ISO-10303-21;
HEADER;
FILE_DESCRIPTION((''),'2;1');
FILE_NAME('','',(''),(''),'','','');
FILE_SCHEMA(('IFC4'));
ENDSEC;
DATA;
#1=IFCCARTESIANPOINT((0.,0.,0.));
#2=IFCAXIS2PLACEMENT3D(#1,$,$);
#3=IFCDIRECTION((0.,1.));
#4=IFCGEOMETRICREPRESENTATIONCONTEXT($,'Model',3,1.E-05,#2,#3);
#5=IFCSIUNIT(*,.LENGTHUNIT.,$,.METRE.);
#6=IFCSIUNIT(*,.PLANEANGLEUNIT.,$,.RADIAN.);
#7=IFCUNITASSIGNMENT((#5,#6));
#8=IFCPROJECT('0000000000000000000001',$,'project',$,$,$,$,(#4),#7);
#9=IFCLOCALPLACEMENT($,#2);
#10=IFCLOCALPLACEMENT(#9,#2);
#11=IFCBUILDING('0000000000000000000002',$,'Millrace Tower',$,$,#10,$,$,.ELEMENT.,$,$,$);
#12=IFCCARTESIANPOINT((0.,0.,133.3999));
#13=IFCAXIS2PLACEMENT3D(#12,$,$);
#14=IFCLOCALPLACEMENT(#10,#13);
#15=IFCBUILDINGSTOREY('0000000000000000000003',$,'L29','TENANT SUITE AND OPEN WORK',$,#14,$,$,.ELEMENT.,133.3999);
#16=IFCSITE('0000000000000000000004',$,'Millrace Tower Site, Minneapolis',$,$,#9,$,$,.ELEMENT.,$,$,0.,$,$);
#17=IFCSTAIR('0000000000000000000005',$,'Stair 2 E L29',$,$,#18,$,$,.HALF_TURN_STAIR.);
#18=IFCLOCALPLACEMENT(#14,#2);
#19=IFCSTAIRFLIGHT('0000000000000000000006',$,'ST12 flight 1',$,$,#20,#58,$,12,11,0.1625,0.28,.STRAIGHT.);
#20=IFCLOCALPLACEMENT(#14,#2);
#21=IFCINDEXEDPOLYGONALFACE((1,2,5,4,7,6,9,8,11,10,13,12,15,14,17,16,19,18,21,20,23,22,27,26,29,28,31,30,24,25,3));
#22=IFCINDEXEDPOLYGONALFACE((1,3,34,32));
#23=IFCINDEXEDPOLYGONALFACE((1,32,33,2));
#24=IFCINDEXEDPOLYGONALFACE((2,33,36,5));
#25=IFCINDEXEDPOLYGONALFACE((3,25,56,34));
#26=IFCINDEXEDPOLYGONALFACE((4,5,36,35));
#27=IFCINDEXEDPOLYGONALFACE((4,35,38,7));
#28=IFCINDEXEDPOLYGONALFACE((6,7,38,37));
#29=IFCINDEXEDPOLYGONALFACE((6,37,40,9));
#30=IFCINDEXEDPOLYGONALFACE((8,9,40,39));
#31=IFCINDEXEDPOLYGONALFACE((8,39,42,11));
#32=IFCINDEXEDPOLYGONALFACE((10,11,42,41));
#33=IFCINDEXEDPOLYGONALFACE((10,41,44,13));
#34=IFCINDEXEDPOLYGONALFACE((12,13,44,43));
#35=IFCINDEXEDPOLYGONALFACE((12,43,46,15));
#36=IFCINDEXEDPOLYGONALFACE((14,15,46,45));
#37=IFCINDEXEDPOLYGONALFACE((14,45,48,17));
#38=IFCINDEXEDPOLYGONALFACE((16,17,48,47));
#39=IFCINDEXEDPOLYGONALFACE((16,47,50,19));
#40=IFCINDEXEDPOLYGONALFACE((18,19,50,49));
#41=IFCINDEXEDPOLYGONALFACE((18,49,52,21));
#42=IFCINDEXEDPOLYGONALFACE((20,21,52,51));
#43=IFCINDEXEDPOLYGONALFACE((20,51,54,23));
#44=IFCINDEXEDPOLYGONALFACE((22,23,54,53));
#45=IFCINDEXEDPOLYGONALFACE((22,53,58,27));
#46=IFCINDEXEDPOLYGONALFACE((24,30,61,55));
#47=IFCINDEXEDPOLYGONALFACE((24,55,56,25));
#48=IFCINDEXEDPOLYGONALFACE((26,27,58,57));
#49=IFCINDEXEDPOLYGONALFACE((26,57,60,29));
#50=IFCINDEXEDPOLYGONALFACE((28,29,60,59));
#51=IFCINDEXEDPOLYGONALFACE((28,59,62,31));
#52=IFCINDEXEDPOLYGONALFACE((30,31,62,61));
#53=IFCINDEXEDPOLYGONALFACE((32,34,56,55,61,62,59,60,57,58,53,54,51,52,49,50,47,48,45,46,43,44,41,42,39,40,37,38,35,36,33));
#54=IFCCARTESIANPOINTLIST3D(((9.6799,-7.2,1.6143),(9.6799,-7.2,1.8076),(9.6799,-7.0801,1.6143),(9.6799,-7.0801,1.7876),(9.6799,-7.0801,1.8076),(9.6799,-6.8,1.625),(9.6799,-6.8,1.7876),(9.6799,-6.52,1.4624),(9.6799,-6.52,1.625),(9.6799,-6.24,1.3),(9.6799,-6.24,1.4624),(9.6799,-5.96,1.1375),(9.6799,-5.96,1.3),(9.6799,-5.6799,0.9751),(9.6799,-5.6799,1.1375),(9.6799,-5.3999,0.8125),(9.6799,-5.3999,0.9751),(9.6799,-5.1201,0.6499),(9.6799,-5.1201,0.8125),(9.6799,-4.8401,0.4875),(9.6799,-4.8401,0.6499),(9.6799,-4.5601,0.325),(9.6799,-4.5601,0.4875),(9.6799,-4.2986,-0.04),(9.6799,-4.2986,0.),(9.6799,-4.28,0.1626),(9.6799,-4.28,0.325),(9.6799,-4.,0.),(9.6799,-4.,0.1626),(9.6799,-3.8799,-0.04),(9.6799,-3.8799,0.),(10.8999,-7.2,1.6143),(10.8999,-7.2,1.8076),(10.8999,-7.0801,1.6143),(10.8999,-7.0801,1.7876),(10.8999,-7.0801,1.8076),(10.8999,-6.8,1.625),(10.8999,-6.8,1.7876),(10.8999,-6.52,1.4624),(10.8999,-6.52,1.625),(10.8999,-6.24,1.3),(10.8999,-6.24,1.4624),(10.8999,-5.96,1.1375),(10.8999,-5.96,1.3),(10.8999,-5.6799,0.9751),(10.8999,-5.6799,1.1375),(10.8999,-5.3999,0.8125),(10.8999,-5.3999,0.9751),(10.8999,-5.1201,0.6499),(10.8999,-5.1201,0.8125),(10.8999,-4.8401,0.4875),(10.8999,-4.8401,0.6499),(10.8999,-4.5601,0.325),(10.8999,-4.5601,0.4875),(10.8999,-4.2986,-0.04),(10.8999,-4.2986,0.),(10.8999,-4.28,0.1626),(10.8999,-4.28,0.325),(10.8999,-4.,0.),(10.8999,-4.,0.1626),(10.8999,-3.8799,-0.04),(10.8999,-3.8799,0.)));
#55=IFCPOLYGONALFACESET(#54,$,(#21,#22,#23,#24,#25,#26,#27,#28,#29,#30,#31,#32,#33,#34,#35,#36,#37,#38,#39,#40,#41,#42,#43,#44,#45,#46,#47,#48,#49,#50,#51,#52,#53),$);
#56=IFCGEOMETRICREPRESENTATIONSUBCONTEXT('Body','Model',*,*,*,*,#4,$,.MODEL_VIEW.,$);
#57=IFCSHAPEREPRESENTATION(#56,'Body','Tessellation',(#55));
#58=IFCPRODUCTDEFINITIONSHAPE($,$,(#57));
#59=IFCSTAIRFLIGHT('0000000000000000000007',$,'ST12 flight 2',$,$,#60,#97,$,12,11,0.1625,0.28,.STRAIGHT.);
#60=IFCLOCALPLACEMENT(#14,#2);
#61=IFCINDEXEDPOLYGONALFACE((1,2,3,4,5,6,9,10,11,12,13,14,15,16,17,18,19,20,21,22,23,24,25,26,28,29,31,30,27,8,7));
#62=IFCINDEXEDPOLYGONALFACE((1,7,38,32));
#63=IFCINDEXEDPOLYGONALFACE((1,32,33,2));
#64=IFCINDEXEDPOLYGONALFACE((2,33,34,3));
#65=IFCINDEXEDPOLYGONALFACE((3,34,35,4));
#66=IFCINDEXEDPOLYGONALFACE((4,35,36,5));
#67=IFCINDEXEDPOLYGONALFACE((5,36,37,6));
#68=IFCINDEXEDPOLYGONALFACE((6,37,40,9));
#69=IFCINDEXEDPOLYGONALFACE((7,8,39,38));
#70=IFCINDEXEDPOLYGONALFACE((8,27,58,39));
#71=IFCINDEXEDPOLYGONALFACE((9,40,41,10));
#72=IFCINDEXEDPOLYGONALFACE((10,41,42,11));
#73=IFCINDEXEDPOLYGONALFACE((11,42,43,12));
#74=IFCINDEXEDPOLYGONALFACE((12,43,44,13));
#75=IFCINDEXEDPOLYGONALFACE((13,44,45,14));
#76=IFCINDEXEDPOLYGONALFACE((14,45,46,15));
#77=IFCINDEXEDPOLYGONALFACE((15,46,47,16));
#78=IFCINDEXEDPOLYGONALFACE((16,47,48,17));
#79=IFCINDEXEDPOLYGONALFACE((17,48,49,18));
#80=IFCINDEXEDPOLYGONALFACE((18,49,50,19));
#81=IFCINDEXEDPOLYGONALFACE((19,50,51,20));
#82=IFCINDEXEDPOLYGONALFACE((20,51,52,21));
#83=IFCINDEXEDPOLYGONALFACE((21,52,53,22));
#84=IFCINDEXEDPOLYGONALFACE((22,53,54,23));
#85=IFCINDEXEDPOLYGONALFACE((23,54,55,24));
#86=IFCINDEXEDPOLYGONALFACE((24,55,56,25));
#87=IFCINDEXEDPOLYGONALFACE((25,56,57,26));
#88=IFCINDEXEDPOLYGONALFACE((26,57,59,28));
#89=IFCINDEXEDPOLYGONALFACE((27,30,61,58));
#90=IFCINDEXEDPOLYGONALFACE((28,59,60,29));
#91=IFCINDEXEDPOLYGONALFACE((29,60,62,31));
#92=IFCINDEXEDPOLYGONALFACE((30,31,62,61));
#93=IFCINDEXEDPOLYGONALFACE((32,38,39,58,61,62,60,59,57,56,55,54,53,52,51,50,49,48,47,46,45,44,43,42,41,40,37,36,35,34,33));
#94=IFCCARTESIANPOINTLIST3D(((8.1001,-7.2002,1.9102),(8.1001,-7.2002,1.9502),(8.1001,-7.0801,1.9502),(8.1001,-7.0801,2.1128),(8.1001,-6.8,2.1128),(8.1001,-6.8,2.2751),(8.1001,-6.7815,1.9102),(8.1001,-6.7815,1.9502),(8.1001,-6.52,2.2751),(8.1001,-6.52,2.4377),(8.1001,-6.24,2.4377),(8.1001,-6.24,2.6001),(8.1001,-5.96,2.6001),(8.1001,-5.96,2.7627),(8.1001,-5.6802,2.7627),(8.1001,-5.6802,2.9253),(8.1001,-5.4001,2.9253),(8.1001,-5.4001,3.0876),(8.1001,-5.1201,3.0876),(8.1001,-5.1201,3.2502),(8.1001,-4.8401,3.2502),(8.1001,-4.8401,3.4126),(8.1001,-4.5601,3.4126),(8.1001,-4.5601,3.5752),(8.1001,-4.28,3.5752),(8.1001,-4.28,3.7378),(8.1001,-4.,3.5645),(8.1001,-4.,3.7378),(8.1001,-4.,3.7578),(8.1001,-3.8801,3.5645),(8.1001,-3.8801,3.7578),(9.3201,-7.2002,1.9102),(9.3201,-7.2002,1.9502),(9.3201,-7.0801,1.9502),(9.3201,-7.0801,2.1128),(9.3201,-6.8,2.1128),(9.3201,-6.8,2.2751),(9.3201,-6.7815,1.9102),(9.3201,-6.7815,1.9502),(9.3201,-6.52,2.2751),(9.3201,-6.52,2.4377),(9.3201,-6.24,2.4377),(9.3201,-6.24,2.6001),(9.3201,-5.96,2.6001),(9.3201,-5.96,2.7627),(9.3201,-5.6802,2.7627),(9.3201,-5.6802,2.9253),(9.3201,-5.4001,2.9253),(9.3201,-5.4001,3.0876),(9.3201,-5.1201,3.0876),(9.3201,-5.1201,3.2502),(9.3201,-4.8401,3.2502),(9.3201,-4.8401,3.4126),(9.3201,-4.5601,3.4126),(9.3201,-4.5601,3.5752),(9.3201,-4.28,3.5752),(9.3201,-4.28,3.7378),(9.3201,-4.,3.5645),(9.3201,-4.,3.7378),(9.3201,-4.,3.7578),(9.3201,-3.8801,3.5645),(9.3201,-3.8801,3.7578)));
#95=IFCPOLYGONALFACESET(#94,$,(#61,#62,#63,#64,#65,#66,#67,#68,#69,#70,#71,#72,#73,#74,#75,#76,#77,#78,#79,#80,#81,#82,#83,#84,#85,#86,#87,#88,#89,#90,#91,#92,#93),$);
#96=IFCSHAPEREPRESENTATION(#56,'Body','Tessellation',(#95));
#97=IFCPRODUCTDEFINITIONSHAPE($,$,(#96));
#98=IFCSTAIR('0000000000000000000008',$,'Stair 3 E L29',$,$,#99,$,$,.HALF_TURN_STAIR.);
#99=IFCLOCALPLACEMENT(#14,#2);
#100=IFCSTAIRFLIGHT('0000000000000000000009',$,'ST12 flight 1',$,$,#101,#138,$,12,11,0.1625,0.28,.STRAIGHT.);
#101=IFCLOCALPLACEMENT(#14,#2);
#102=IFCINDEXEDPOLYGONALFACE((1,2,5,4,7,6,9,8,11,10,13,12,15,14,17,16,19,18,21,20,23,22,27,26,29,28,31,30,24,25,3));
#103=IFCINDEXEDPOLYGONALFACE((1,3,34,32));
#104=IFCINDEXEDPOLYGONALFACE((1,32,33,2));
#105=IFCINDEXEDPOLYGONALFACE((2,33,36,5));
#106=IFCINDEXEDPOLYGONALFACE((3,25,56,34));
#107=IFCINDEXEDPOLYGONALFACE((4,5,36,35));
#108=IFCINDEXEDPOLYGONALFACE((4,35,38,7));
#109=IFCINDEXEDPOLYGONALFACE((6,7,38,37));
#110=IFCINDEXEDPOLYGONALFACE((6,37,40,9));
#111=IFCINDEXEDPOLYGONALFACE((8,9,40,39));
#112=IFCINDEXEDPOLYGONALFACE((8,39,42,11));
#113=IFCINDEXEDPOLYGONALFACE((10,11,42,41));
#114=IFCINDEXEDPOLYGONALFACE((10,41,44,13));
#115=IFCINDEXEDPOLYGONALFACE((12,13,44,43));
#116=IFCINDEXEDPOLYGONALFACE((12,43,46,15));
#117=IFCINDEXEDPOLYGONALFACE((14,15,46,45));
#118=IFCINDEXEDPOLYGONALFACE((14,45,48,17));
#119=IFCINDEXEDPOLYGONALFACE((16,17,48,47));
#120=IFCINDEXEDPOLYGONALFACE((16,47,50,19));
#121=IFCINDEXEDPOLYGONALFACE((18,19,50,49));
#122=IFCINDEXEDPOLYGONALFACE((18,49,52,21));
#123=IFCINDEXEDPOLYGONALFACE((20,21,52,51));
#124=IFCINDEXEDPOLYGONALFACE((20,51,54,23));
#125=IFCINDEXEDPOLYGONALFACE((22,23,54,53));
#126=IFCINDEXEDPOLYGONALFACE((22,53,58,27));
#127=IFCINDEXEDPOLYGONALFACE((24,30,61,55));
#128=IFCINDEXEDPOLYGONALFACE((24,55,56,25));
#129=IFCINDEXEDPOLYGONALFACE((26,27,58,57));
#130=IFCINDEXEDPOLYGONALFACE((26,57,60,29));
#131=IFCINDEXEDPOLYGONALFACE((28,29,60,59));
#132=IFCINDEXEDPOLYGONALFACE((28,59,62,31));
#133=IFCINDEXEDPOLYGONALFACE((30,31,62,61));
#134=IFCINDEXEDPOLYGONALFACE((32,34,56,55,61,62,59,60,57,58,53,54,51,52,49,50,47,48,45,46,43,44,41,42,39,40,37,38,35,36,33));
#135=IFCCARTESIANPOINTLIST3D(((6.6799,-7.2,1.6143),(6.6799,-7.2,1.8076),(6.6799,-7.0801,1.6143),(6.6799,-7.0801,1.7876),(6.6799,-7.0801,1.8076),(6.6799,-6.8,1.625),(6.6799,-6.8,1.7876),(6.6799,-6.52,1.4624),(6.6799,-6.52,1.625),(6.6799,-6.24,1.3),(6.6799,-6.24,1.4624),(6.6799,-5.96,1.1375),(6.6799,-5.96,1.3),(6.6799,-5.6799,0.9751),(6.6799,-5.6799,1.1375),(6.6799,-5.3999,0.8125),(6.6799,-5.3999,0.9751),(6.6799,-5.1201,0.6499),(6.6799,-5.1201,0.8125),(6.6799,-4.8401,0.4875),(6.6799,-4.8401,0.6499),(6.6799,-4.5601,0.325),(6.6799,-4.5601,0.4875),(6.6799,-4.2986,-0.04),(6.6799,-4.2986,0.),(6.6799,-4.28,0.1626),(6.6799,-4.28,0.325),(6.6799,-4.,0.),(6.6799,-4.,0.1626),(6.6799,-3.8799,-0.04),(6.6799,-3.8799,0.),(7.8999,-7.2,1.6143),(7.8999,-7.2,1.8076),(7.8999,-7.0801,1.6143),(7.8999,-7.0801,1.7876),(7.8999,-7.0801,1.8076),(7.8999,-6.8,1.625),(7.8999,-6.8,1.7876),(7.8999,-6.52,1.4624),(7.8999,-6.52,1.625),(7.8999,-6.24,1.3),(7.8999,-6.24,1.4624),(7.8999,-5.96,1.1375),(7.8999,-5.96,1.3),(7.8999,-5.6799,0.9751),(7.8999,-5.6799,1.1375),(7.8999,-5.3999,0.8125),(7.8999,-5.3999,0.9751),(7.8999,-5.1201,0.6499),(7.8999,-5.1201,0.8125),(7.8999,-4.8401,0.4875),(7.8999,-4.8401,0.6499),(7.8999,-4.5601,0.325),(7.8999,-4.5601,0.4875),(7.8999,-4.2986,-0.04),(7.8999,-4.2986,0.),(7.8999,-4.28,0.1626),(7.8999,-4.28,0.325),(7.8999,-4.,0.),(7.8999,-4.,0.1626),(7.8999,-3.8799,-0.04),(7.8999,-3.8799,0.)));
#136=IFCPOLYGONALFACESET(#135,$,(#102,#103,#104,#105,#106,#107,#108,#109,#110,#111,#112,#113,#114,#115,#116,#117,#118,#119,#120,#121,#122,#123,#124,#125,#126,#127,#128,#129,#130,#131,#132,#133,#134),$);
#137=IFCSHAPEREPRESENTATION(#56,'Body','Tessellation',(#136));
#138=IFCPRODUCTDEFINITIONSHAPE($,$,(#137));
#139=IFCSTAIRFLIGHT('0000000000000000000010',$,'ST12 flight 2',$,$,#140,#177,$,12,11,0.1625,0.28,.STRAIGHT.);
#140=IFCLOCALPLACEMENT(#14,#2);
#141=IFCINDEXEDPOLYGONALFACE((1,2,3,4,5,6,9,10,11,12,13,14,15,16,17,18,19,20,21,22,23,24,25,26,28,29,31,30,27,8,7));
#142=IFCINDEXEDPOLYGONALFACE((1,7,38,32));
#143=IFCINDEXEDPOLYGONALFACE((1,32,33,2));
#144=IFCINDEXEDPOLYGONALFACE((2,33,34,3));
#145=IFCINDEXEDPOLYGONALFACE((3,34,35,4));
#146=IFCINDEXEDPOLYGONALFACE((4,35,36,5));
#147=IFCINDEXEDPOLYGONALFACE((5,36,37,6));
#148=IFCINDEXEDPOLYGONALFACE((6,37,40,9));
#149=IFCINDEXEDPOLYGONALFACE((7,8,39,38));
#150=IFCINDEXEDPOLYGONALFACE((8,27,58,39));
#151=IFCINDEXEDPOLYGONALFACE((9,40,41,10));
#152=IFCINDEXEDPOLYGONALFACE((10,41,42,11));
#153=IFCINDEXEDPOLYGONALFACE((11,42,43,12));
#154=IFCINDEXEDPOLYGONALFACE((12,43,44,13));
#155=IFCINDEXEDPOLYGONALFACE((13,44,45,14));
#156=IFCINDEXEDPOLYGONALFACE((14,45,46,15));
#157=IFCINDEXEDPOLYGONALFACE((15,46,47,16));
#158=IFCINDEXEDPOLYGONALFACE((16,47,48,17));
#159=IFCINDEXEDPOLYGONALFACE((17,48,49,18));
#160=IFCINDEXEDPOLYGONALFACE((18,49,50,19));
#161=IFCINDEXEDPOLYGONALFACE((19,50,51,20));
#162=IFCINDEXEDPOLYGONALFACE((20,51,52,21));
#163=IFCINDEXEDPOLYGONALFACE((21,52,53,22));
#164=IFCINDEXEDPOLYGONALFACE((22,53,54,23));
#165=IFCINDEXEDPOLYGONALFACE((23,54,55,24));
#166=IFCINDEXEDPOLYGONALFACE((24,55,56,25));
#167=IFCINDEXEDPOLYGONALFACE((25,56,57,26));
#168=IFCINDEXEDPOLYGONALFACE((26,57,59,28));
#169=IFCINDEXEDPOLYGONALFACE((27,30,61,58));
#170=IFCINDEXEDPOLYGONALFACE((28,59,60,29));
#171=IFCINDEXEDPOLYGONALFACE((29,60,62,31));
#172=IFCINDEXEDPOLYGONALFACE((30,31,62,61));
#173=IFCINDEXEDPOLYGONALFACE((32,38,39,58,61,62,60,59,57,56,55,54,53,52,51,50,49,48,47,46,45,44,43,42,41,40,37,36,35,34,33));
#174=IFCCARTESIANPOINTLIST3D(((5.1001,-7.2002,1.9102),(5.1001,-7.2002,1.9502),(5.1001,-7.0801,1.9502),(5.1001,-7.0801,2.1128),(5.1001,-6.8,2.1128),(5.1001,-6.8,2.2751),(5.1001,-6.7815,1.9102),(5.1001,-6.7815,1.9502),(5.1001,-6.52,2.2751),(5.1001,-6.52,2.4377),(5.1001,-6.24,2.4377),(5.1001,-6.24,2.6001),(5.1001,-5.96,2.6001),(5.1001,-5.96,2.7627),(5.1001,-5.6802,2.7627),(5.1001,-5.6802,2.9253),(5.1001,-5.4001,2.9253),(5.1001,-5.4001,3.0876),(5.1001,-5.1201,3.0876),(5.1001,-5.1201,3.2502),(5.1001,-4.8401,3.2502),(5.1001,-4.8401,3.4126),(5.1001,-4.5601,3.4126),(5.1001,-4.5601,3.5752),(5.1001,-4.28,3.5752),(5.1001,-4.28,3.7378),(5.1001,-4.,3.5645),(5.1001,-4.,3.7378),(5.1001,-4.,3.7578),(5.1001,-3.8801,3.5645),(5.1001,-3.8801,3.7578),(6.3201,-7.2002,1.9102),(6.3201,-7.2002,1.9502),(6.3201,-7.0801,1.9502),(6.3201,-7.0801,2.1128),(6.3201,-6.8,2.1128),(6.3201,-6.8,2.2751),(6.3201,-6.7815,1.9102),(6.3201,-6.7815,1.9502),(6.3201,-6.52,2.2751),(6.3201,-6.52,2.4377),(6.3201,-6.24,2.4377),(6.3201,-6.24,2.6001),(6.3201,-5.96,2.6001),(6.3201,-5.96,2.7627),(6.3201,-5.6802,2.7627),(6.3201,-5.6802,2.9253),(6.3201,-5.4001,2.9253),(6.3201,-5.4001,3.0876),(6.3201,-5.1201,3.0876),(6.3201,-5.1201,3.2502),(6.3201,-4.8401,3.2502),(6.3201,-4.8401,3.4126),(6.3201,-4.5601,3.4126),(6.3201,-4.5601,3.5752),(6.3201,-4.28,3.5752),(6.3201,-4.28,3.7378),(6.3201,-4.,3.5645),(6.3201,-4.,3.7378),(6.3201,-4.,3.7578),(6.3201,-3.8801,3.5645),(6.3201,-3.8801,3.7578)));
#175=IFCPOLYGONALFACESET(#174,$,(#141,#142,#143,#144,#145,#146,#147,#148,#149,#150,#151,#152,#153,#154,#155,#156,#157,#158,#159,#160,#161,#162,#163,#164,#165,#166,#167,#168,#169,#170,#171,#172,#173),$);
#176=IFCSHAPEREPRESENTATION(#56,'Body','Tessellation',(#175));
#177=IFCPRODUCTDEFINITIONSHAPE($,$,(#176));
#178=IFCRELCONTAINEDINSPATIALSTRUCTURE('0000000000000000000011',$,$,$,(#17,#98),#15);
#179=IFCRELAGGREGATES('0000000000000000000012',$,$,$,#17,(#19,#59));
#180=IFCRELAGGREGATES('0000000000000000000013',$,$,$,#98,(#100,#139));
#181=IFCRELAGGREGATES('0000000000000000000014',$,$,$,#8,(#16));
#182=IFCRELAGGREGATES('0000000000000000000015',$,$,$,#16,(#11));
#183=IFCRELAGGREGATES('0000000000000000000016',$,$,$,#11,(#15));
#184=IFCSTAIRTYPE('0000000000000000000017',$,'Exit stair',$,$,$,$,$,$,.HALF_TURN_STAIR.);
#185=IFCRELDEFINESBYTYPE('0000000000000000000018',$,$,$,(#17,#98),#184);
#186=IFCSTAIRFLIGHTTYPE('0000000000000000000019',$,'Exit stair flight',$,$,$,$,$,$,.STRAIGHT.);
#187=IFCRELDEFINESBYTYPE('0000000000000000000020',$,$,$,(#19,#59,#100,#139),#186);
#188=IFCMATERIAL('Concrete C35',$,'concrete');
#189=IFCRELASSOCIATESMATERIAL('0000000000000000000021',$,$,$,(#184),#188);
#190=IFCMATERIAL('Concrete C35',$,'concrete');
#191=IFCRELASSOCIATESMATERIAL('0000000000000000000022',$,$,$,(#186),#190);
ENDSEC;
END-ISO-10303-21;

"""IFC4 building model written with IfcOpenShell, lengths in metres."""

from ifc_helpers import new_model, si_unit, direction, frame, origin, place, context, subcontext, project, spatial, polyline, outline, extrude, material, type_object, element, aggregate, save


model = new_model("IFC4")

# Units and contexts
model_context = context("Model", 3, precision=1e-05, world=origin(), true_north=direction((0.0, 1.0)))
body_context = subcontext(model_context, "Body", "Model", "MODEL_VIEW")
ifc_project = project(units=[si_unit("LENGTHUNIT", "METRE"), si_unit("PLANEANGLEUNIT", "RADIAN")], contexts=[model_context])

# Site, building, storey
site_placement = place(None, origin())
site = spatial("IfcSite", under=ifc_project, at=site_placement, Name="Millrace Tower Site, Minneapolis", CompositionType="ELEMENT", RefElevation=0.0)
building_placement = place(site_placement, origin())
building = spatial("IfcBuilding", under=site, at=building_placement, Name="Millrace Tower", CompositionType="ELEMENT")
storey_placement = place(building_placement, frame((0.0, 0.0, 133.3999)))
storey = spatial("IfcBuildingStorey", under=building, at=storey_placement, Name="L29", Description="TENANT SUITE AND OPEN WORK", CompositionType="ELEMENT", Elevation=133.3999)

# Shared definitions
placement = place(storey_placement, origin())

# Stairs, stair flights
ifc_material_1 = material(Name="Concrete C35", Category="concrete")
stair_type = type_object("IfcStairType", Name="Exit stair", PredefinedType="HALF_TURN_STAIR", material=ifc_material_1)
stair_1 = element("IfcStair", 1, at=placement, inside=storey, type_object=stair_type, Name="Stair 2 E L29", PredefinedType="HALF_TURN_STAIR")
ifc_material_2 = material(Name="Concrete C35", Category="concrete")
stair_flight_type = type_object("IfcStairFlightType", Name="Exit stair flight", PredefinedType="STRAIGHT", material=ifc_material_2)
stair_flight_1_placement = place(storey_placement, frame((10.29, -4.0, 0.0), z_axis=(0.0, 0.0, 1.0), x_axis=(0.0, -1.0, 0.0)))
stair_flight_1 = element("IfcStairFlight", 2, at=stair_flight_1_placement, type_object=stair_flight_type, Name="ST12 flight 1", NumberOfRisers=12, NumberOfTreads=11, PredefinedType="STRAIGHT", RiserHeight=0.1625, TreadLength=0.28, context=body_context, shape_type="SweptSolid", body=[
    extrude(outline(polyline([(-0.1201, -0.04), (-0.1201, 0.0), (0.0, 0.0), (0.0, 0.1626), (0.28, 0.1626), (0.28, 0.325), (0.5601, 0.325), (0.5601, 0.4875), (0.8401, 0.4875), (0.8401, 0.6499), (1.1201, 0.6499), (1.1201, 0.8125), (1.3999, 0.8125), (1.3999, 0.9751), (1.6799, 0.9751), (1.6799, 1.1375), (1.96, 1.1375), (1.96, 1.3), (2.24, 1.3), (2.24, 1.4624), (2.52, 1.4624), (2.52, 1.625), (2.8, 1.625), (2.8, 1.7876), (3.0801, 1.7876), (3.0801, 1.8076), (3.2, 1.8076), (3.2, 1.6143), (3.0801, 1.6143), (0.2986, 0.0), (0.2986, -0.04), (-0.1201, -0.04)])), frame((0.0, 0.6099, 0.0), z_axis=(0.0, -1.0, 0.0), x_axis=(1.0, 0.0, 0.0)), (0.0, 0.0, 1.0), 1.22),
])
stair_flight_2_placement = place(storey_placement, frame((8.71, -7.0801, 1.9502), z_axis=(0.0, 0.0, 1.0), x_axis=(0.0, 1.0, 0.0)))
stair_flight_2 = element("IfcStairFlight", 3, at=stair_flight_2_placement, type_object=stair_flight_type, Name="ST12 flight 2", NumberOfRisers=12, NumberOfTreads=11, PredefinedType="STRAIGHT", RiserHeight=0.1625, TreadLength=0.28, context=body_context, shape_type="SweptSolid", body=[
    extrude(outline(polyline([(-0.1201, -0.04), (-0.1201, 0.0), (0.0, 0.0), (0.0, 0.1626), (0.28, 0.1626), (0.28, 0.325), (0.5601, 0.325), (0.5601, 0.4875), (0.8401, 0.4875), (0.8401, 0.6499), (1.1201, 0.6499), (1.1201, 0.8125), (1.3999, 0.8125), (1.3999, 0.9751), (1.6799, 0.9751), (1.6799, 1.1375), (1.96, 1.1375), (1.96, 1.3), (2.24, 1.3), (2.24, 1.4624), (2.52, 1.4624), (2.52, 1.625), (2.8, 1.625), (2.8, 1.7876), (3.0801, 1.7876), (3.0801, 1.8076), (3.2, 1.8076), (3.2, 1.6143), (3.0801, 1.6143), (0.2986, 0.0), (0.2986, -0.04), (-0.1201, -0.04)])), frame((0.0, 0.6099, 0.0), z_axis=(0.0, -1.0, 0.0), x_axis=(1.0, 0.0, 0.0)), (0.0, 0.0, 1.0), 1.22),
])
aggregate(stair_1, [stair_flight_1, stair_flight_2])
stair_2 = element("IfcStair", 4, at=placement, inside=storey, type_object=stair_type, Name="Stair 3 E L29", PredefinedType="HALF_TURN_STAIR")
stair_flight_3_placement = place(storey_placement, frame((7.29, -4.0, 0.0), z_axis=(0.0, 0.0, 1.0), x_axis=(0.0, -1.0, 0.0)))
stair_flight_3 = element("IfcStairFlight", 5, at=stair_flight_3_placement, type_object=stair_flight_type, Name="ST12 flight 1", NumberOfRisers=12, NumberOfTreads=11, PredefinedType="STRAIGHT", RiserHeight=0.1625, TreadLength=0.28, context=body_context, shape_type="SweptSolid", body=[
    extrude(outline(polyline([(-0.1201, -0.04), (-0.1201, 0.0), (0.0, 0.0), (0.0, 0.1626), (0.28, 0.1626), (0.28, 0.325), (0.5601, 0.325), (0.5601, 0.4875), (0.8401, 0.4875), (0.8401, 0.6499), (1.1201, 0.6499), (1.1201, 0.8125), (1.3999, 0.8125), (1.3999, 0.9751), (1.6799, 0.9751), (1.6799, 1.1375), (1.96, 1.1375), (1.96, 1.3), (2.24, 1.3), (2.24, 1.4624), (2.52, 1.4624), (2.52, 1.625), (2.8, 1.625), (2.8, 1.7876), (3.0801, 1.7876), (3.0801, 1.8076), (3.2, 1.8076), (3.2, 1.6143), (3.0801, 1.6143), (0.2986, 0.0), (0.2986, -0.04), (-0.1201, -0.04)])), frame((0.0, 0.6099, 0.0), z_axis=(0.0, -1.0, 0.0), x_axis=(1.0, 0.0, 0.0)), (0.0, 0.0, 1.0), 1.22),
])
stair_flight_4_placement = place(storey_placement, frame((5.71, -7.0801, 1.9502), z_axis=(0.0, 0.0, 1.0), x_axis=(0.0, 1.0, 0.0)))
stair_flight_4 = element("IfcStairFlight", 6, at=stair_flight_4_placement, type_object=stair_flight_type, Name="ST12 flight 2", NumberOfRisers=12, NumberOfTreads=11, PredefinedType="STRAIGHT", RiserHeight=0.1625, TreadLength=0.28, context=body_context, shape_type="SweptSolid", body=[
    extrude(outline(polyline([(-0.1201, -0.04), (-0.1201, 0.0), (0.0, 0.0), (0.0, 0.1626), (0.28, 0.1626), (0.28, 0.325), (0.5601, 0.325), (0.5601, 0.4875), (0.8401, 0.4875), (0.8401, 0.6499), (1.1201, 0.6499), (1.1201, 0.8125), (1.3999, 0.8125), (1.3999, 0.9751), (1.6799, 0.9751), (1.6799, 1.1375), (1.96, 1.1375), (1.96, 1.3), (2.24, 1.3), (2.24, 1.4624), (2.52, 1.4624), (2.52, 1.625), (2.8, 1.625), (2.8, 1.7876), (3.0801, 1.7876), (3.0801, 1.8076), (3.2, 1.8076), (3.2, 1.6143), (3.0801, 1.6143), (0.2986, 0.0), (0.2986, -0.04), (-0.1201, -0.04)])), frame((0.0, 0.6099, 0.0), z_axis=(0.0, -1.0, 0.0), x_axis=(1.0, 0.0, 0.0)), (0.0, 0.0, 1.0), 1.22),
])
aggregate(stair_2, [stair_flight_3, stair_flight_4])

save(model, "model.ifc")
